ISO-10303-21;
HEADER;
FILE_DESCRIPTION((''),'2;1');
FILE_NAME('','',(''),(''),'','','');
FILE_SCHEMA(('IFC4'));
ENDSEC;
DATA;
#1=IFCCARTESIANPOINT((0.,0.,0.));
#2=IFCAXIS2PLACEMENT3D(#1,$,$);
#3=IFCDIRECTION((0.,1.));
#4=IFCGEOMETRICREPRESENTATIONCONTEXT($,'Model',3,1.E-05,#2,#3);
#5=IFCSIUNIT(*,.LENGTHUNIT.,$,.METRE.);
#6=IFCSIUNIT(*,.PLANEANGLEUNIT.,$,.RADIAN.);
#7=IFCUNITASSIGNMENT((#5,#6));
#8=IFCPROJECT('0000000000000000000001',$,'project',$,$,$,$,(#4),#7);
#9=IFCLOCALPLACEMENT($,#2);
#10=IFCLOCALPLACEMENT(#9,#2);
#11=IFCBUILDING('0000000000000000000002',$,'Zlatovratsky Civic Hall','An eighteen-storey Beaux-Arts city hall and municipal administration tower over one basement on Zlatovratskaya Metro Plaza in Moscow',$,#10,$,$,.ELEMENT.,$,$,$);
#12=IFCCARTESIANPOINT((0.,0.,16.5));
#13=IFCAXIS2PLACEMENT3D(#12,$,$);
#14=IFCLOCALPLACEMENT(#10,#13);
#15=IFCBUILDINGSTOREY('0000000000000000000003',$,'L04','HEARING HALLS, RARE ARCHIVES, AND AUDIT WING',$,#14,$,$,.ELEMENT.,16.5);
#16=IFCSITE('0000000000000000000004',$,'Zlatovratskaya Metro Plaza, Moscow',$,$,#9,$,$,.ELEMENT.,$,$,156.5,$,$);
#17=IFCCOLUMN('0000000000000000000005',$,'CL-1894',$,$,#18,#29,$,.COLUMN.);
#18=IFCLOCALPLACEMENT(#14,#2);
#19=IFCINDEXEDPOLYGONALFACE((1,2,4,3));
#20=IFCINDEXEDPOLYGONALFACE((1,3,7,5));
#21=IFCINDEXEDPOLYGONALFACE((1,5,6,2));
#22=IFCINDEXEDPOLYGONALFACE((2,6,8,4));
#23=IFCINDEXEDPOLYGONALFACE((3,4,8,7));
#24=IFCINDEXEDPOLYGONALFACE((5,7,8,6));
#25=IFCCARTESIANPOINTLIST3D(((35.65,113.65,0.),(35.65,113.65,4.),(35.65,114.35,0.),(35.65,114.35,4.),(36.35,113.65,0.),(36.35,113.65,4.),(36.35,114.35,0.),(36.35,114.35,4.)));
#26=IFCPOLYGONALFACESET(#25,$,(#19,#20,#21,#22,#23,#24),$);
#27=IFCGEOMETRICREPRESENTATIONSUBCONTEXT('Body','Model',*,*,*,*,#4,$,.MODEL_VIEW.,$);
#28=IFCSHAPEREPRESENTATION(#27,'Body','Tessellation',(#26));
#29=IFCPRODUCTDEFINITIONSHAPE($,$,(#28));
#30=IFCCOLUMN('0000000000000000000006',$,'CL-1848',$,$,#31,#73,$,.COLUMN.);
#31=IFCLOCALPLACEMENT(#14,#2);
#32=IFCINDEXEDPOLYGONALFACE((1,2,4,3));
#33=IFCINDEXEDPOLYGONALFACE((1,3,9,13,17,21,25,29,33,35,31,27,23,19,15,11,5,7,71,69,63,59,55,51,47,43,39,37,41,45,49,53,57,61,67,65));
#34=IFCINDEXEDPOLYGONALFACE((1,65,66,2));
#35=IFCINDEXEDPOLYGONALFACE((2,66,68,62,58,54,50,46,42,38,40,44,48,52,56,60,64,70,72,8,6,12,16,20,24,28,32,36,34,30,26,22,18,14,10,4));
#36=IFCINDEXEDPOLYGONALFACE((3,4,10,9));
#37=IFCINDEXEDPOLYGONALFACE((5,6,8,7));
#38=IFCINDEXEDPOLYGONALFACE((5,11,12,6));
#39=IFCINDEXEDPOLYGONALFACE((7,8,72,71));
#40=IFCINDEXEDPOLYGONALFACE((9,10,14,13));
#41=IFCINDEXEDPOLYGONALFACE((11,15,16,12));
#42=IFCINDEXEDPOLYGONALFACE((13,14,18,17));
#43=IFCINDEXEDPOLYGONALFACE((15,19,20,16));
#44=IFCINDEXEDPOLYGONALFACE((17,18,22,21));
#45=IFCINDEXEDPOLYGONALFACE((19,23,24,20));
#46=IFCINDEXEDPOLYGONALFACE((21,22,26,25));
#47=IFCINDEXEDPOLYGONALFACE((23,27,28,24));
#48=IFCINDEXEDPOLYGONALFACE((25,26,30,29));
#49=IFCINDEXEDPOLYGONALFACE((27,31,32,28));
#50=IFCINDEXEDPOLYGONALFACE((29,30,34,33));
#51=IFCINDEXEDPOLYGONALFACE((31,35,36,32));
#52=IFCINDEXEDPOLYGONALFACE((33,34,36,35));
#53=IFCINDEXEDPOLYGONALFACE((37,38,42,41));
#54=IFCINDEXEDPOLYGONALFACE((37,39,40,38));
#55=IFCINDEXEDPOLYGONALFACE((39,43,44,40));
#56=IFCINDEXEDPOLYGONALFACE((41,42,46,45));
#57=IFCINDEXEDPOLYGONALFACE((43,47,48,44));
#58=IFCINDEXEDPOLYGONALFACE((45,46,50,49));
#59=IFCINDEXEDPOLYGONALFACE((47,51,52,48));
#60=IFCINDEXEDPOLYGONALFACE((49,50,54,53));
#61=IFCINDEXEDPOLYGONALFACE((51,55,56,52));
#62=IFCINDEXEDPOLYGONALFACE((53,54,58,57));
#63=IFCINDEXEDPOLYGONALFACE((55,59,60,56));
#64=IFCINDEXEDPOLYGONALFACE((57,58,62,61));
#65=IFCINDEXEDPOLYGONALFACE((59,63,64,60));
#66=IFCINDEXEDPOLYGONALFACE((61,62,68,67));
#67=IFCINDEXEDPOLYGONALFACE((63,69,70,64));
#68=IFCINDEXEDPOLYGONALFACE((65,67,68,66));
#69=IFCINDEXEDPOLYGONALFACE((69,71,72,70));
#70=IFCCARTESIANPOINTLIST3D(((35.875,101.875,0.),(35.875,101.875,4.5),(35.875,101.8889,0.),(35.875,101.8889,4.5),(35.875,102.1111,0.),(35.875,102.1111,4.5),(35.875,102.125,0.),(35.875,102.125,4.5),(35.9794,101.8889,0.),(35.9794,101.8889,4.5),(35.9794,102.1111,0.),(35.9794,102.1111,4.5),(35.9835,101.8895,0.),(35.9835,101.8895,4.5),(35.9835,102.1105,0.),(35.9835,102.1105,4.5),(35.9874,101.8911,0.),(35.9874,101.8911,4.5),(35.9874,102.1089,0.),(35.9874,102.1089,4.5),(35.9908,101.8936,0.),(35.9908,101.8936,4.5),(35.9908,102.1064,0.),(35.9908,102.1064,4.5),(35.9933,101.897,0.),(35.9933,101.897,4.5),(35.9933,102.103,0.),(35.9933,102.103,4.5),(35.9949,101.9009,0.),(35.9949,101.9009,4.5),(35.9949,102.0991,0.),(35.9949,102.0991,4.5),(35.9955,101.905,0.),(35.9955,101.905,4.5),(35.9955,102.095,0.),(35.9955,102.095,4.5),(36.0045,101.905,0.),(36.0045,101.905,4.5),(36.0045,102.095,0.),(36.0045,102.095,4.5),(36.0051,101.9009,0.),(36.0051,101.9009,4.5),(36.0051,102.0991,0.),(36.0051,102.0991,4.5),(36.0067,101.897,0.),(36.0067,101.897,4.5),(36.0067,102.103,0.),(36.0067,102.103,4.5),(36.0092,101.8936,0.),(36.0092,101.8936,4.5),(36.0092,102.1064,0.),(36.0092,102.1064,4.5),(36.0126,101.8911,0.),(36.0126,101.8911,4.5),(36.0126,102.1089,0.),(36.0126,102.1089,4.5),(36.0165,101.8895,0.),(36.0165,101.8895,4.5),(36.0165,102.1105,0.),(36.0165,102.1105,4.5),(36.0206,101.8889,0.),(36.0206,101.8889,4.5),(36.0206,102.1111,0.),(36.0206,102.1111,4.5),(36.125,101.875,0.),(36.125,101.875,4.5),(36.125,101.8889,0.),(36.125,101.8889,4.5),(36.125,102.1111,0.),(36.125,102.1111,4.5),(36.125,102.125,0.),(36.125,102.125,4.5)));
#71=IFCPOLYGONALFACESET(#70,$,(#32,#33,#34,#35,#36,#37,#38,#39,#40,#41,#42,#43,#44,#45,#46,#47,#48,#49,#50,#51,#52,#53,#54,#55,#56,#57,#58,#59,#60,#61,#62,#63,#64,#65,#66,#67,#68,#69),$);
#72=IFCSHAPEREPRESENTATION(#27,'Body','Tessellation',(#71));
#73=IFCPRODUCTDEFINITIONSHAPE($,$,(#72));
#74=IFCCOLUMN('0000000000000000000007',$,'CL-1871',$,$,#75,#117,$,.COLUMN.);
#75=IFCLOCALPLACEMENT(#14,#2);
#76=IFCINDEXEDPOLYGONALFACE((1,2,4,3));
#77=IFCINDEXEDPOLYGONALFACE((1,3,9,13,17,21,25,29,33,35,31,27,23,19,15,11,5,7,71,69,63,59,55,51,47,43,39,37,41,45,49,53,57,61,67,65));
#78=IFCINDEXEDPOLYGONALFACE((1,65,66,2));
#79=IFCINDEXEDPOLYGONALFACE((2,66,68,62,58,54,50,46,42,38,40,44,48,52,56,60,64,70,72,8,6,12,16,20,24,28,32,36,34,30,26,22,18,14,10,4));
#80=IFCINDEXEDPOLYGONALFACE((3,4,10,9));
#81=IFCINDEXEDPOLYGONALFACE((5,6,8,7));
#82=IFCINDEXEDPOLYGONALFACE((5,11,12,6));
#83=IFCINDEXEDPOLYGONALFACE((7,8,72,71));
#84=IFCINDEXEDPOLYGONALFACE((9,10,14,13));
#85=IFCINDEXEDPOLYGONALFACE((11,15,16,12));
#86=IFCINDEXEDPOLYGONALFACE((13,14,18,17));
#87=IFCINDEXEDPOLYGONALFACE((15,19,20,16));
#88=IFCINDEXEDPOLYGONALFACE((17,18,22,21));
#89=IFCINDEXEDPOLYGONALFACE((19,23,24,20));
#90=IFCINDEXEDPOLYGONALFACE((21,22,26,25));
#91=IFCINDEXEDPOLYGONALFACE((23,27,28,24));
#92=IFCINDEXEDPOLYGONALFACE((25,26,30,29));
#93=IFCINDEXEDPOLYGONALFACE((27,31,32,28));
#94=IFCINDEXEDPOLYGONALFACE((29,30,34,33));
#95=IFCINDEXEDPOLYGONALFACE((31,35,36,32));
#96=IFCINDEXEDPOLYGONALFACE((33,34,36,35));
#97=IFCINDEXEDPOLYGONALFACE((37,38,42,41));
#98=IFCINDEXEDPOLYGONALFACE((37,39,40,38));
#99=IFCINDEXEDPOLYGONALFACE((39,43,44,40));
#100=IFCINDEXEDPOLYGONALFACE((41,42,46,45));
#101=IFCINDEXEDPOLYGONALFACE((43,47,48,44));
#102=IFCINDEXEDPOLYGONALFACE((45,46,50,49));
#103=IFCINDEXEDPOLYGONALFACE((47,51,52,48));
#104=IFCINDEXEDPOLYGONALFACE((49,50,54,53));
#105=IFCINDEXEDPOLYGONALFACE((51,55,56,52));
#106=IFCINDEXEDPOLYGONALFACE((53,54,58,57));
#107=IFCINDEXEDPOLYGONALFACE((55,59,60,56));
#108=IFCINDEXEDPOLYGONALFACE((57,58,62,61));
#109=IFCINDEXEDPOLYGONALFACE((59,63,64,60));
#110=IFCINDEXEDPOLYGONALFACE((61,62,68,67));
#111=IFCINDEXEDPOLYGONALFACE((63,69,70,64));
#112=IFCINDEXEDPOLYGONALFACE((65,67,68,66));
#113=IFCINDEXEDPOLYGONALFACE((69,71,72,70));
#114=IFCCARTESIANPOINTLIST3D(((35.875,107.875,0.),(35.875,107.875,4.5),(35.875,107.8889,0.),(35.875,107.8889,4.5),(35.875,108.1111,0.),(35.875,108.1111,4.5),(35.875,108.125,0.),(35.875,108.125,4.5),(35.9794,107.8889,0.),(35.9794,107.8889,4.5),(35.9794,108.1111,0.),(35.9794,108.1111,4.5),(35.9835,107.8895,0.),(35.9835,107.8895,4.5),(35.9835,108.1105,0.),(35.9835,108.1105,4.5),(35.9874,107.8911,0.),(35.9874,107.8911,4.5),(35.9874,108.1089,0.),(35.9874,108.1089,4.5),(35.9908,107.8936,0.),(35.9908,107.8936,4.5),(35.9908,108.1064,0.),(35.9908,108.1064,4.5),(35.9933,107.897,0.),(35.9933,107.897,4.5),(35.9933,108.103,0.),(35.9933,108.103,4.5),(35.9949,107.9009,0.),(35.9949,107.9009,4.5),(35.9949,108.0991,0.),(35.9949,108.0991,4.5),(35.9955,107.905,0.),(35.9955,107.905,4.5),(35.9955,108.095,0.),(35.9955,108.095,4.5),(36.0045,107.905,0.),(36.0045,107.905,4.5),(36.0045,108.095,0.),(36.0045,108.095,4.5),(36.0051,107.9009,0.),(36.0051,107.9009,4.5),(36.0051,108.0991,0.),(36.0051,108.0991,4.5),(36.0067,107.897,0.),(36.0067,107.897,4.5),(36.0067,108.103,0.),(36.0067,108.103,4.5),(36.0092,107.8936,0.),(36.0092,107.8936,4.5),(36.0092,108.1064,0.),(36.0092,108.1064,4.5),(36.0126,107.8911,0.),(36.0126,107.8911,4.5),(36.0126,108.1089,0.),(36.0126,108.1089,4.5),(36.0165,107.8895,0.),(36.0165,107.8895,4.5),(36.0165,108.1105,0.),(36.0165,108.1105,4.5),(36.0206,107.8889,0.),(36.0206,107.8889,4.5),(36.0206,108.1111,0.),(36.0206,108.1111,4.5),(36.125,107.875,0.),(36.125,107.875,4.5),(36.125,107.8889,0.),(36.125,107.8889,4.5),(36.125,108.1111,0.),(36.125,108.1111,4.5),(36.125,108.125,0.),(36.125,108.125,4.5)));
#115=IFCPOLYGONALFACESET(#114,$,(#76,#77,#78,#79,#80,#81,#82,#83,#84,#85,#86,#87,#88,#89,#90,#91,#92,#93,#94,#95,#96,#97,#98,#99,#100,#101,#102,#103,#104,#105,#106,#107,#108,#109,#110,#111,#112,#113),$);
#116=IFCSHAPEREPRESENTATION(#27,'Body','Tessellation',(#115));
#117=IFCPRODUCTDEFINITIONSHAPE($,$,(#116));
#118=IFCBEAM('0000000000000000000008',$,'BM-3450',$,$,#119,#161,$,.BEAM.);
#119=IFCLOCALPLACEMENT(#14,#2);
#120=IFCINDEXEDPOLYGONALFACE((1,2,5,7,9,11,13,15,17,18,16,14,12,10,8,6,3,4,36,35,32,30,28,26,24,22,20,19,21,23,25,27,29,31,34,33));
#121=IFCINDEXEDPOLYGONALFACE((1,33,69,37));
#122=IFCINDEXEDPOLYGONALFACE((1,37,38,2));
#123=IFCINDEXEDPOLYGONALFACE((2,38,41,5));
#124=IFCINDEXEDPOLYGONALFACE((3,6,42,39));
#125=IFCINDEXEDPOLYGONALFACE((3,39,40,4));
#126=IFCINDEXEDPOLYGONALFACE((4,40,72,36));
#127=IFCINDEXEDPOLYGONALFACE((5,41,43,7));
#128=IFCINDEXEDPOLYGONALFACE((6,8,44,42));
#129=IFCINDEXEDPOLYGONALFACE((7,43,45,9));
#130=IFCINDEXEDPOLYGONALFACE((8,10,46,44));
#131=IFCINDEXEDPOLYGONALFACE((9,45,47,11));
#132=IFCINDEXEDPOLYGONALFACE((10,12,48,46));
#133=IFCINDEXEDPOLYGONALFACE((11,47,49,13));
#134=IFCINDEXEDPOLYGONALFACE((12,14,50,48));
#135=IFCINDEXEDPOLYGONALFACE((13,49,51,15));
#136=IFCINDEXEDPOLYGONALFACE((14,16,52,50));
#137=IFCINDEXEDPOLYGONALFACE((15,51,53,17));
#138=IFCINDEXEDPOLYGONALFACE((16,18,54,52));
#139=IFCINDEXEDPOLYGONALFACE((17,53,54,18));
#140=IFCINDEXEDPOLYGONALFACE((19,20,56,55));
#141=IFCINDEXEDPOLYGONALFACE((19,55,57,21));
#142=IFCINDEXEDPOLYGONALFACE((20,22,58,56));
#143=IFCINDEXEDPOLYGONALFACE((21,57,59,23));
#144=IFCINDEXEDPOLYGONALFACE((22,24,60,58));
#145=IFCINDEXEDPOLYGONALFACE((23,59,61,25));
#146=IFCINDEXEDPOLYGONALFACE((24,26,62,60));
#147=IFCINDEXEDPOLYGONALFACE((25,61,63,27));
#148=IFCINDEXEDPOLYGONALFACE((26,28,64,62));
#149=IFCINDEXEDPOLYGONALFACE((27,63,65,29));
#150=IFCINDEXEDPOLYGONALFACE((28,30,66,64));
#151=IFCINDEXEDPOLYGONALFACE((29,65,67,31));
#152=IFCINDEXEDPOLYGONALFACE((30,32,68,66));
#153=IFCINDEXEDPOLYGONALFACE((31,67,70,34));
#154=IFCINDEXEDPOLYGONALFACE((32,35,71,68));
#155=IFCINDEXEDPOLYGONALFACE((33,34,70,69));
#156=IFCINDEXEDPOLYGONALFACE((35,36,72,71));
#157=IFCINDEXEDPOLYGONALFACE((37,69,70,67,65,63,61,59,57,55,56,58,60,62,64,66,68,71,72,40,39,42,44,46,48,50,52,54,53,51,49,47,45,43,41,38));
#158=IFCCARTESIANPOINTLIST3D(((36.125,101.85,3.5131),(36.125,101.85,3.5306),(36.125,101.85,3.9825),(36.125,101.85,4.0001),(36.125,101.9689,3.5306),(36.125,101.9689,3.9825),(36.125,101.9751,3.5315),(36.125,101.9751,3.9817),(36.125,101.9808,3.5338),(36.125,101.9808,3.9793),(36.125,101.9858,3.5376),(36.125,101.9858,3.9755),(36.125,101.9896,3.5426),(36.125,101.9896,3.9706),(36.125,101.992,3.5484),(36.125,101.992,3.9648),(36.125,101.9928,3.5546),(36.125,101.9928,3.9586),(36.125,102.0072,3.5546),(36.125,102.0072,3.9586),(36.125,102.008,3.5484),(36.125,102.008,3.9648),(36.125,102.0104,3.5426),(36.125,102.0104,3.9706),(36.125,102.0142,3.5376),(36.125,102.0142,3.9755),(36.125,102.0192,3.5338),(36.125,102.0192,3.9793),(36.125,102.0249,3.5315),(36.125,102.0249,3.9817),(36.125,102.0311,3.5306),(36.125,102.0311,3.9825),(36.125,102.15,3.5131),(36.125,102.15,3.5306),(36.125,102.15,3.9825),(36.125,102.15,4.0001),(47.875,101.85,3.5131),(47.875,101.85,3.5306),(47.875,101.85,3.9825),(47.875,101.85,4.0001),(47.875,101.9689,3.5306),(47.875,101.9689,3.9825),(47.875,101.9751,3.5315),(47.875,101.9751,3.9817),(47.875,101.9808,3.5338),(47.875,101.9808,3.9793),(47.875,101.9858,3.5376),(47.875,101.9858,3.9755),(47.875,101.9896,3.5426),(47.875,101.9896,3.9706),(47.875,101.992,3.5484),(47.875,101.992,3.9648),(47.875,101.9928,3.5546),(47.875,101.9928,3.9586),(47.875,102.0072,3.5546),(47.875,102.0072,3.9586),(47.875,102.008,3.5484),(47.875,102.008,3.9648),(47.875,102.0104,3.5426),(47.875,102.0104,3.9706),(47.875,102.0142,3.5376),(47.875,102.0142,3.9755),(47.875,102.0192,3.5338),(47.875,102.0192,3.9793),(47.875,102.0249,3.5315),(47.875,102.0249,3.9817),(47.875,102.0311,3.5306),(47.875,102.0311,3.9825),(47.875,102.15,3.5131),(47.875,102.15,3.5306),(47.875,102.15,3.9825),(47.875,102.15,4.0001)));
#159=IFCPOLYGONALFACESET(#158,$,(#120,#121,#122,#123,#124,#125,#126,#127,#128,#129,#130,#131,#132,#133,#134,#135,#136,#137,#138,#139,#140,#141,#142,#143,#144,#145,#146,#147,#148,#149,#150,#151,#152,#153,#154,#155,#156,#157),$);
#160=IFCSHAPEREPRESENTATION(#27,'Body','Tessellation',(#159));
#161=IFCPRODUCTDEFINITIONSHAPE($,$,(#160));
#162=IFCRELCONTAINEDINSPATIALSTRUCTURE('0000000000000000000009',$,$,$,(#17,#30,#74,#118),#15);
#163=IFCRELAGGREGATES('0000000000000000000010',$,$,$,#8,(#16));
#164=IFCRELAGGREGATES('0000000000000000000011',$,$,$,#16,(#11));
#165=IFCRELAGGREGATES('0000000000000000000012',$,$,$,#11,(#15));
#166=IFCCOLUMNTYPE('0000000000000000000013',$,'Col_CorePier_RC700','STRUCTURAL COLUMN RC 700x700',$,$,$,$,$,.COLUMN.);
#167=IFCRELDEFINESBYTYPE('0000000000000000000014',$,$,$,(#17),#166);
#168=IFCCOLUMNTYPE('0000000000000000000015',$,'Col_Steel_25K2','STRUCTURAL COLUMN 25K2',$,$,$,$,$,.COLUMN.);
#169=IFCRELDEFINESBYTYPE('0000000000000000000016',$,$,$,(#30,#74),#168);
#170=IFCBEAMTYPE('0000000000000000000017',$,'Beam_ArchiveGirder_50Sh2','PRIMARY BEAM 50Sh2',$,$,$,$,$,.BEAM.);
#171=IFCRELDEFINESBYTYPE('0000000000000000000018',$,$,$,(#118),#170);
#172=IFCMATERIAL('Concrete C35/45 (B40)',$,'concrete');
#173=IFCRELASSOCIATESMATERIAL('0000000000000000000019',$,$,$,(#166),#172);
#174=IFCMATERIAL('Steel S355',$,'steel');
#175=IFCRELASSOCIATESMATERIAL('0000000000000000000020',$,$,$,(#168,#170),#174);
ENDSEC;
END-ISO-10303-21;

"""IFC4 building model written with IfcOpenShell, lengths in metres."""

from ifc_helpers import new_model, si_unit, direction, frame, origin, origin_2d, place, context, subcontext, project, spatial, rectangle, i_section, extrude, material, material_profile, profile_set, type_object, element, save


model = new_model("IFC4")

# Units and contexts
model_context = context("Model", 3, precision=1e-05, world=origin(), true_north=direction((0.0, 1.0)))
body_context = subcontext(model_context, "Body", "Model", "MODEL_VIEW")
ifc_project = project(units=[si_unit("LENGTHUNIT", "METRE"), si_unit("PLANEANGLEUNIT", "RADIAN")], contexts=[model_context])

# Site, building, storey
site_placement = place(None, origin())
site = spatial("IfcSite", under=ifc_project, at=site_placement, Name="Zlatovratskaya Metro Plaza, Moscow", CompositionType="ELEMENT", RefElevation=156.5)
building_placement = place(site_placement, origin())
building = spatial("IfcBuilding", under=site, at=building_placement, Name="Zlatovratsky Civic Hall", Description="An eighteen-storey Beaux-Arts city hall and municipal administration tower over one basement on Zlatovratskaya Metro Plaza in Moscow", CompositionType="ELEMENT")
storey_placement = place(building_placement, frame((0.0, 0.0, 16.5)))
storey = spatial("IfcBuildingStorey", under=building, at=storey_placement, Name="L04", Description="HEARING HALLS, RARE ARCHIVES, AND AUDIT WING", CompositionType="ELEMENT", Elevation=16.5)

# Columns
ifc_material_1 = material(Name="Concrete C35/45 (B40)", Category="concrete")
ifc_material_profile_1 = material_profile(ifc_material_1, rectangle(XDim=0.7, YDim=0.7, at=origin_2d()), Name="RC 700x700")
ifc_profile_set_1 = profile_set([ifc_material_profile_1], Name="Concrete C35/45 (B40)")
column_type_1 = type_object("IfcColumnType", Name="Col_CorePier_RC700", Description="STRUCTURAL COLUMN RC 700x700", PredefinedType="COLUMN", material=ifc_profile_set_1)
column_placement = place(storey_placement, frame((36.0, 114.0, 0.0), z_axis=(0.0, 0.0, 1.0), x_axis=(1.0, 0.0, 0.0)))
element("IfcColumn", 1, at=column_placement, inside=storey, type_object=column_type_1, Name="CL-1894", PredefinedType="COLUMN", context=body_context, shape_type="SweptSolid", body=[
    extrude(rectangle(XDim=0.7, YDim=0.7, at=origin_2d()), origin(), (0.0, 0.0, 1.0), 4.0),
])
ifc_material_2 = material(Name="Steel S355", Category="steel")
ifc_material_profile_2 = material_profile(ifc_material_2, i_section(OverallWidth=0.25, OverallDepth=0.25, WebThickness=0.009, FlangeThickness=0.0139, FilletRadius=0.0161, at=origin_2d()), Name="25K2")
ifc_profile_set_2 = profile_set([ifc_material_profile_2], Name="Steel S355")
column_type_2 = type_object("IfcColumnType", Name="Col_Steel_25K2", Description="STRUCTURAL COLUMN 25K2", PredefinedType="COLUMN", material=ifc_profile_set_2)
for number, where, z_axis, x_axis, name in (
    (2, (36.0, 102.0, 0.0), (0.0, 0.0, 1.0), (1.0, 0.0, 0.0), "CL-1848"),
    (3, (36.0, 108.0, 0.0), (0.0, 0.0, 1.0), (1.0, 0.0, 0.0), "CL-1871"),
):
    element("IfcColumn", number, at=place(storey_placement, frame(where, z_axis=z_axis, x_axis=x_axis)), inside=storey, type_object=column_type_2, Name=name, PredefinedType="COLUMN", context=body_context, shape_type="SweptSolid", body=[
        extrude(i_section(OverallWidth=0.25, OverallDepth=0.25, WebThickness=0.009, FlangeThickness=0.0139, FilletRadius=0.0161, at=origin_2d()), origin(), (0.0, 0.0, 1.0), 4.5),
    ])

# Beam
ifc_material_profile_3 = material_profile(ifc_material_2, i_section(OverallWidth=0.3, OverallDepth=0.4871, WebThickness=0.0144, FlangeThickness=0.0176, FilletRadius=0.0239, at=origin_2d()), Name="50Sh2")
ifc_profile_set_3 = profile_set([ifc_material_profile_3], Name="Steel S355")
beam_type_1 = type_object("IfcBeamType", Name="Beam_ArchiveGirder_50Sh2", Description="PRIMARY BEAM 50Sh2", PredefinedType="BEAM", material=ifc_profile_set_3)
for number, where, z_axis, x_axis, name in (
    (4, (36.125, 102.0, 3.7566), (1.0, 0.0, 0.0), (0.0, 1.0, 0.0), "BM-3450"),
):
    element("IfcBeam", number, at=place(storey_placement, frame(where, z_axis=z_axis, x_axis=x_axis)), inside=storey, type_object=beam_type_1, Name=name, PredefinedType="BEAM", context=body_context, shape_type="SweptSolid", body=[
        extrude(i_section(OverallWidth=0.3, OverallDepth=0.4871, WebThickness=0.0144, FlangeThickness=0.0176, FilletRadius=0.0239, at=origin_2d()), origin(), (0.0, 0.0, 1.0), 11.75),
    ])

save(model, "model.ifc")
